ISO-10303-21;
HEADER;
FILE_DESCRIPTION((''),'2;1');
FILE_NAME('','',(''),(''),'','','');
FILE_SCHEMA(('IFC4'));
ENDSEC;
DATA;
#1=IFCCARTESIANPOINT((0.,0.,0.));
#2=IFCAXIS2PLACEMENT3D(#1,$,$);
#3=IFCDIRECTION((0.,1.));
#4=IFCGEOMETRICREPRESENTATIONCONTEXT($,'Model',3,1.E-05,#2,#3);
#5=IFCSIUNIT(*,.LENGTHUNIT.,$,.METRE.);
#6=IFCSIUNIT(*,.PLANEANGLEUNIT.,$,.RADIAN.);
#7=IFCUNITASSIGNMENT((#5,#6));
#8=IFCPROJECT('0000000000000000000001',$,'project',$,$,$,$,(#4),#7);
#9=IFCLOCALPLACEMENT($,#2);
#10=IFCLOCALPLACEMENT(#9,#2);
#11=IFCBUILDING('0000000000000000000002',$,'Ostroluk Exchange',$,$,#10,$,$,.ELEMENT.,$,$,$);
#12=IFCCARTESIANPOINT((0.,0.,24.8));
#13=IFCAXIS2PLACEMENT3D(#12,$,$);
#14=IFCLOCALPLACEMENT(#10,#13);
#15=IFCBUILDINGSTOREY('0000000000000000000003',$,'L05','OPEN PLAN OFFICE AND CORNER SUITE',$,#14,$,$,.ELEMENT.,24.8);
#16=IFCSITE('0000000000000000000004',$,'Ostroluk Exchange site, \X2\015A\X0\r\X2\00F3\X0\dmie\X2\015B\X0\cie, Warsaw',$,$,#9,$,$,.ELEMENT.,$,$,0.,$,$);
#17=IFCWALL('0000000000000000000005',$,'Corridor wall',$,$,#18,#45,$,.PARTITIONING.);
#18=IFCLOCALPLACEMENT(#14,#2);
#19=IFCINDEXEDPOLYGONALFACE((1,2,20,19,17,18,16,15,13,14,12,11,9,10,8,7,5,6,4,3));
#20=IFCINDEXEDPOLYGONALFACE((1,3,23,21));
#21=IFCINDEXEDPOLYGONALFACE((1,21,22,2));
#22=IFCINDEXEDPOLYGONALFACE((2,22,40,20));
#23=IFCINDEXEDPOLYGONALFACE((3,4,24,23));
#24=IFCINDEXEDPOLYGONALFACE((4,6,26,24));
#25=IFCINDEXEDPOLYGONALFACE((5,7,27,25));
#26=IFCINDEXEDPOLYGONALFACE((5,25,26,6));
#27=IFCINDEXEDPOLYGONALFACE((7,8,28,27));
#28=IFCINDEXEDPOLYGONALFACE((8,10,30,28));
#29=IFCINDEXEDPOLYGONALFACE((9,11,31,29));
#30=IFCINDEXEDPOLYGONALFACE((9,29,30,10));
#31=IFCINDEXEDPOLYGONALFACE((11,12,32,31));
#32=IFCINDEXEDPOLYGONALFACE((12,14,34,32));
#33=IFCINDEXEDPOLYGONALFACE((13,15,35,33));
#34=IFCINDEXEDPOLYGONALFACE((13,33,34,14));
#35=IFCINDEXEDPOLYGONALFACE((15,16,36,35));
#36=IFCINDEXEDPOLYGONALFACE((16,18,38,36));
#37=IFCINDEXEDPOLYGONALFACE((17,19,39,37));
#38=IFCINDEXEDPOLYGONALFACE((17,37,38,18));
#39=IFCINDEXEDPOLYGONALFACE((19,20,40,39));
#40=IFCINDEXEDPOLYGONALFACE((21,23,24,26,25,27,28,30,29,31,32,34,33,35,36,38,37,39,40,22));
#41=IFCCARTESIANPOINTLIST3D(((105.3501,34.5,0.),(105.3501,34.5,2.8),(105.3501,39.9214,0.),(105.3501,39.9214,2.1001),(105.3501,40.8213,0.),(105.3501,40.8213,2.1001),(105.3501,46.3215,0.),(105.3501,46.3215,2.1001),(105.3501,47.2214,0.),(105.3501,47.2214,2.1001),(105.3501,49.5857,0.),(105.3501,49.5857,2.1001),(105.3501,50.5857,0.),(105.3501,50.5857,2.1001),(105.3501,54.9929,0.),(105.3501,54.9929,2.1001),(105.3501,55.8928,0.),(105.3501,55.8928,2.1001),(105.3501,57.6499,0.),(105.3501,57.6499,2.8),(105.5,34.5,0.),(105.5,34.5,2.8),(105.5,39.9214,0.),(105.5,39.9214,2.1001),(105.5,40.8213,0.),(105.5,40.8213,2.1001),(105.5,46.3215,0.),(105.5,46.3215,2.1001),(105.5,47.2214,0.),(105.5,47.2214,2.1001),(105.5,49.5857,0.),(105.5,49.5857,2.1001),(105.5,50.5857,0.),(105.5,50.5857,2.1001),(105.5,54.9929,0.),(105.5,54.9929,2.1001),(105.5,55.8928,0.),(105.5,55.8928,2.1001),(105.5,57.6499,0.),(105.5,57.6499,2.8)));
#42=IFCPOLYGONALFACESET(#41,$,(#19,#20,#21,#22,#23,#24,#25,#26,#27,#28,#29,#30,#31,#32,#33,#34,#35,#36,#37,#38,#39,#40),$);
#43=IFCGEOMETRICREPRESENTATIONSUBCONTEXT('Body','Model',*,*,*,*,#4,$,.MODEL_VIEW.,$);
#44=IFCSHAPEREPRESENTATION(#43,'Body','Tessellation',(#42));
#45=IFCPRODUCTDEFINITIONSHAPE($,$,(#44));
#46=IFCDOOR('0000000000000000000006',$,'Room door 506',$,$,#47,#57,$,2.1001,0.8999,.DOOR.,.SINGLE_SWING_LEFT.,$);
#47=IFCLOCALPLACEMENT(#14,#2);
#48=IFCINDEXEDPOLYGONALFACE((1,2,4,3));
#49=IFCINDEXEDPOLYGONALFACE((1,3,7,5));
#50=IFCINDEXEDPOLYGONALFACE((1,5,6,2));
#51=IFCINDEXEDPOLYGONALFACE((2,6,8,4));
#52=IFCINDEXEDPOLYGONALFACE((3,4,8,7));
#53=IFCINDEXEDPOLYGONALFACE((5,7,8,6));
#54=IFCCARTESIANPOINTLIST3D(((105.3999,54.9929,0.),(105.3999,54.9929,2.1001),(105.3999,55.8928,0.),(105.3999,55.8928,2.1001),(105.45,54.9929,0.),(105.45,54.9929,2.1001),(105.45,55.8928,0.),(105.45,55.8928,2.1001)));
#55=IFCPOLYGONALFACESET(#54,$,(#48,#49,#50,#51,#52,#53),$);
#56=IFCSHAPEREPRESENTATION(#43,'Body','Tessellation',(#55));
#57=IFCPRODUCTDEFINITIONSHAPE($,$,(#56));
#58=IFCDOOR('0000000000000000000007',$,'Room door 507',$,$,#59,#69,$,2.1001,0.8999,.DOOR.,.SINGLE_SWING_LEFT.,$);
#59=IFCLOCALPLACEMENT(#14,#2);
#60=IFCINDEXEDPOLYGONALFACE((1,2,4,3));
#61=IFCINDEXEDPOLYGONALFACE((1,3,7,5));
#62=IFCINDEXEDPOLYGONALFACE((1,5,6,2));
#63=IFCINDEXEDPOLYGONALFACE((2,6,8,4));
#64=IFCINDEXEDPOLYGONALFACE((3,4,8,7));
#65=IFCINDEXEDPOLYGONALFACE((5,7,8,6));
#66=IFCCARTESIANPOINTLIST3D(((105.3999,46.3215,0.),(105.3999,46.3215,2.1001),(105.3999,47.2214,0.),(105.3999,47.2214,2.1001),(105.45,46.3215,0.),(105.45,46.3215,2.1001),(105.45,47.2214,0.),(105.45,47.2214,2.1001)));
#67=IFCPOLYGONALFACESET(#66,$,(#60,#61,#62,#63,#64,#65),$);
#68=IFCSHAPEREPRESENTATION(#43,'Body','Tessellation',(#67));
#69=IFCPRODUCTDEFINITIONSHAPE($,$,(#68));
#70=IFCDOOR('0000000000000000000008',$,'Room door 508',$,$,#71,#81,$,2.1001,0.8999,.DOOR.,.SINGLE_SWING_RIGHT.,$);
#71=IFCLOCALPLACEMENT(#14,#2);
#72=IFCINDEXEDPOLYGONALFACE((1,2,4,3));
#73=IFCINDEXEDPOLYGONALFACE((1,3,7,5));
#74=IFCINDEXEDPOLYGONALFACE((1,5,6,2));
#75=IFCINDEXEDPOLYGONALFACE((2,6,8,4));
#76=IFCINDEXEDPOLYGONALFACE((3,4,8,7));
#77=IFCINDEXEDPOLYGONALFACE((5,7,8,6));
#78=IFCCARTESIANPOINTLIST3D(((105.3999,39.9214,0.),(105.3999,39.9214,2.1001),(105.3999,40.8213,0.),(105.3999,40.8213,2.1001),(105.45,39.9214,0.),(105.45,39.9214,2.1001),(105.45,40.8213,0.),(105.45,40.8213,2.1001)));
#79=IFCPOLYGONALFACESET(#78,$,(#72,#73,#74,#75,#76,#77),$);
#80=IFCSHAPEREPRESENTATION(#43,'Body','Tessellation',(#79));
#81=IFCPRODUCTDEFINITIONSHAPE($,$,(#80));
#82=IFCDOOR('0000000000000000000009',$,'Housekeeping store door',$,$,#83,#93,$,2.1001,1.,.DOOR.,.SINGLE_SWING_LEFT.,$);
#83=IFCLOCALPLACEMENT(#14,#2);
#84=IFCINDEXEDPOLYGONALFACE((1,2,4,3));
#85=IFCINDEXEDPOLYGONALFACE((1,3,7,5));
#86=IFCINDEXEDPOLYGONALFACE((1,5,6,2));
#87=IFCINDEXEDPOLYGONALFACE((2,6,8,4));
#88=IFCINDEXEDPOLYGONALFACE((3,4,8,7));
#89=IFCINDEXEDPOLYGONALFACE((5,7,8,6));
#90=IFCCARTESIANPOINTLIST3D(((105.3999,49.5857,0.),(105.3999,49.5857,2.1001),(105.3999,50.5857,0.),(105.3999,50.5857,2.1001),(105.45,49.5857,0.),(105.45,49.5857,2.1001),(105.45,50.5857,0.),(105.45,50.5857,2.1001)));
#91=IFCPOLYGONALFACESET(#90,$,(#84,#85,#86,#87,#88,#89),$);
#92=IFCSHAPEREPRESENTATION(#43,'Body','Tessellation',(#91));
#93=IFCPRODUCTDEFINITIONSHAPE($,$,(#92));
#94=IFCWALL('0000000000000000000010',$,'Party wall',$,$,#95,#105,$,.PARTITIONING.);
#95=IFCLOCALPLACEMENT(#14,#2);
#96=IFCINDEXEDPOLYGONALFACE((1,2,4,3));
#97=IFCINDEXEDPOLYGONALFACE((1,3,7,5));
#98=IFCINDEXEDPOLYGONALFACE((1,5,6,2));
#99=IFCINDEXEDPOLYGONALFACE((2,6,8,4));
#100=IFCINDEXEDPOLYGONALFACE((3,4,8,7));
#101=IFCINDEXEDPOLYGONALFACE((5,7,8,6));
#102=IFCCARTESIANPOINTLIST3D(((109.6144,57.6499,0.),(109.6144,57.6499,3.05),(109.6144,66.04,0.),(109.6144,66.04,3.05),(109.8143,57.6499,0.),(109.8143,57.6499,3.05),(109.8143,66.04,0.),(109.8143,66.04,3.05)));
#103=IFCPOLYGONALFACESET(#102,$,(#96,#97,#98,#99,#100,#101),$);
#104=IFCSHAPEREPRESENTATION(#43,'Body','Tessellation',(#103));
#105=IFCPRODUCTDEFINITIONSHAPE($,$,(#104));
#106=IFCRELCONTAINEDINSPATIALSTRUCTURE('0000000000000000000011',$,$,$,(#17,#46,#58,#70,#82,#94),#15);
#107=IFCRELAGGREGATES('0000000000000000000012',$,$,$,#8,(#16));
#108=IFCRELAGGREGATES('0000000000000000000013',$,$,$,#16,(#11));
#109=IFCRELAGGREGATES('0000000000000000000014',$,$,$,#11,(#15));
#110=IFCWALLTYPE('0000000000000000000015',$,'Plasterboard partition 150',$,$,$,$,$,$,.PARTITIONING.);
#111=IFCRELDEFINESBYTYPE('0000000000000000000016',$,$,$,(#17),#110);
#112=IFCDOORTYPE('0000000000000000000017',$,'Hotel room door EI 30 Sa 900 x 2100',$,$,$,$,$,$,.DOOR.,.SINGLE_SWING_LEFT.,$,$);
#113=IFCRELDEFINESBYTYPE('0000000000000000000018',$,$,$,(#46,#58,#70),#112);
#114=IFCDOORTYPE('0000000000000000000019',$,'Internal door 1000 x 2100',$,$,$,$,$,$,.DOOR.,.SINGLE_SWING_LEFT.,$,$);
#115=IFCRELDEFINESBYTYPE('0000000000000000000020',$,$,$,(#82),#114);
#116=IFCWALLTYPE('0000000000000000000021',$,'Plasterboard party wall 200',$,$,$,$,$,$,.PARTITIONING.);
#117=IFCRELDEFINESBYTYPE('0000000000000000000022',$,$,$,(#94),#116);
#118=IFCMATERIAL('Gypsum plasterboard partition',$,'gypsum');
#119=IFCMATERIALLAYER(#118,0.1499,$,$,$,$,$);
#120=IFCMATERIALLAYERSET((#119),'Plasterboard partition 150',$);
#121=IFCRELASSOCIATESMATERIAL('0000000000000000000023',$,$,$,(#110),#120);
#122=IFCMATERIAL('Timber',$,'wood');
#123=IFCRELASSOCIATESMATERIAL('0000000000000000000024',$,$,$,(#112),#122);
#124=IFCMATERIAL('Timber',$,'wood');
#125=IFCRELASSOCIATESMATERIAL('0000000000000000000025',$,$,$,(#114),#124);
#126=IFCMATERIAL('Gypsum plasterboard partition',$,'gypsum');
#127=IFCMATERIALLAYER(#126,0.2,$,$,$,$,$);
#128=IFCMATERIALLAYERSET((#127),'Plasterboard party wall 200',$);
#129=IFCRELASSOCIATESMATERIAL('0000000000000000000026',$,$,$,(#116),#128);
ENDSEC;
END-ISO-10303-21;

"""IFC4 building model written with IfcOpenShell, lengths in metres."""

from ifc_helpers import new_model, si_unit, direction, frame, frame_2d, origin, place, context, subcontext, project, spatial, rectangle, extrude, material, layer, layer_set, type_object, element, fill, save


model = new_model("IFC4")

# Units and contexts
model_context = context("Model", 3, precision=1e-05, world=origin(), true_north=direction((0.0, 1.0)))
body_context = subcontext(model_context, "Body", "Model", "MODEL_VIEW")
ifc_project = project(units=[si_unit("LENGTHUNIT", "METRE"), si_unit("PLANEANGLEUNIT", "RADIAN")], contexts=[model_context])

# Site, building, storey
site_placement = place(None, origin())
site = spatial("IfcSite", under=ifc_project, at=site_placement, Name="Ostroluk Exchange site, Śródmieście, Warsaw", CompositionType="ELEMENT", RefElevation=0.0)
building_placement = place(site_placement, origin())
building = spatial("IfcBuilding", under=site, at=building_placement, Name="Ostroluk Exchange", CompositionType="ELEMENT")
storey_placement = place(building_placement, frame((0.0, 0.0, 24.8)))
storey = spatial("IfcBuildingStorey", under=building, at=storey_placement, Name="L05", Description="OPEN PLAN OFFICE AND CORNER SUITE", CompositionType="ELEMENT", Elevation=24.8)

# Wall, openings, doors
ifc_material_1 = material(Name="Gypsum plasterboard partition", Category="gypsum")
ifc_layer_1 = layer(ifc_material_1, 0.1499)
ifc_layer_set_1 = layer_set([ifc_layer_1], Name="Plasterboard partition 150")
wall_type_1 = type_object("IfcWallType", Name="Plasterboard partition 150", PredefinedType="PARTITIONING", material=ifc_layer_set_1)
wall_1_placement = place(storey_placement, frame((105.425, 57.6499, 0.0), z_axis=(0.0, 0.0, 1.0), x_axis=(0.0, -1.0, 0.0)))
wall_1 = element("IfcWall", 1, at=wall_1_placement, inside=storey, type_object=wall_type_1, Name="Corridor wall", PredefinedType="PARTITIONING", context=body_context, shape_type="SweptSolid", body=[
    extrude(rectangle(XDim=23.1499, YDim=0.1499, at=frame_2d((11.575, 0.0))), origin(), (0.0, 0.0, 1.0), 2.8),
])
opening_1_placement = place(wall_1_placement, frame((1.7571, 0.0, 0.0)))
opening_1 = element("IfcOpeningElement", 2, at=opening_1_placement, cuts=wall_1, PredefinedType="OPENING", context=body_context, shape_type="SweptSolid", body=[
    extrude(rectangle(XDim=0.8999, YDim=2.1001, at=frame_2d((0.45, 1.05))), frame((0.0, 0.085, 0.0), z_axis=(0.0, -1.0, 0.0), x_axis=(1.0, 0.0, 0.0)), (0.0, 0.0, 1.0), 0.1699),
])
opening_2_placement = place(wall_1_placement, frame((7.0642, 0.0, 0.0)))
opening_2 = element("IfcOpeningElement", 3, at=opening_2_placement, cuts=wall_1, PredefinedType="OPENING", context=body_context, shape_type="SweptSolid", body=[
    extrude(rectangle(XDim=1.0, YDim=2.1001, at=frame_2d((0.5, 1.05))), frame((0.0, 0.085, 0.0), z_axis=(0.0, -1.0, 0.0), x_axis=(1.0, 0.0, 0.0)), (0.0, 0.0, 1.0), 0.1699),
])
opening_3_placement = place(wall_1_placement, frame((10.4285, 0.0, 0.0)))
opening_3 = element("IfcOpeningElement", 4, at=opening_3_placement, cuts=wall_1, PredefinedType="OPENING", context=body_context, shape_type="SweptSolid", body=[
    extrude(rectangle(XDim=0.8999, YDim=2.1001, at=frame_2d((0.45, 1.05))), frame((0.0, 0.085, 0.0), z_axis=(0.0, -1.0, 0.0), x_axis=(1.0, 0.0, 0.0)), (0.0, 0.0, 1.0), 0.1699),
])
opening_4_placement = place(wall_1_placement, frame((16.8286, 0.0, 0.0)))
opening_4 = element("IfcOpeningElement", 5, at=opening_4_placement, cuts=wall_1, PredefinedType="OPENING", context=body_context, shape_type="SweptSolid", body=[
    extrude(rectangle(XDim=0.8999, YDim=2.1001, at=frame_2d((0.45, 1.05))), frame((0.0, 0.085, 0.0), z_axis=(0.0, -1.0, 0.0), x_axis=(1.0, 0.0, 0.0)), (0.0, 0.0, 1.0), 0.1699),
])
ifc_material_2 = material(Name="Timber", Category="wood")
door_type_1 = type_object("IfcDoorType", Name="Hotel room door EI 30 Sa 900 x 2100", OperationType="SINGLE_SWING_LEFT", PredefinedType="DOOR", material=ifc_material_2)
door_1_placement = place(opening_1_placement, origin())
door_1 = element("IfcDoor", 6, at=door_1_placement, inside=storey, type_object=door_type_1, Name="Room door 506", OperationType="SINGLE_SWING_LEFT", OverallHeight=2.1001, OverallWidth=0.8999, PredefinedType="DOOR", context=body_context, shape_type="SweptSolid", body=[
    extrude(rectangle(XDim=0.8999, YDim=2.1001, at=frame_2d((0.45, 1.05))), frame((0.0, 0.0249, 0.0), z_axis=(0.0, -1.0, 0.0), x_axis=(1.0, 0.0, 0.0)), (0.0, 0.0, 1.0), 0.05),
])
fill(opening_1, door_1)
door_2_placement = place(opening_3_placement, origin())
door_2 = element("IfcDoor", 7, at=door_2_placement, inside=storey, type_object=door_type_1, Name="Room door 507", OperationType="SINGLE_SWING_LEFT", OverallHeight=2.1001, OverallWidth=0.8999, PredefinedType="DOOR", context=body_context, shape_type="SweptSolid", body=[
    extrude(rectangle(XDim=0.8999, YDim=2.1001, at=frame_2d((0.45, 1.05))), frame((0.0, 0.0249, 0.0), z_axis=(0.0, -1.0, 0.0), x_axis=(1.0, 0.0, 0.0)), (0.0, 0.0, 1.0), 0.05),
])
fill(opening_3, door_2)
door_3_placement = place(opening_4_placement, origin())
door_3 = element("IfcDoor", 8, at=door_3_placement, inside=storey, type_object=door_type_1, Name="Room door 508", OperationType="SINGLE_SWING_RIGHT", OverallHeight=2.1001, OverallWidth=0.8999, PredefinedType="DOOR", context=body_context, shape_type="SweptSolid", body=[
    extrude(rectangle(XDim=0.8999, YDim=2.1001, at=frame_2d((0.45, 1.05))), frame((0.0, 0.0249, 0.0), z_axis=(0.0, -1.0, 0.0), x_axis=(1.0, 0.0, 0.0)), (0.0, 0.0, 1.0), 0.05),
])
fill(opening_4, door_3)
ifc_material_3 = material(Name="Timber", Category="wood")
door_type_2 = type_object("IfcDoorType", Name="Internal door 1000 x 2100", OperationType="SINGLE_SWING_LEFT", PredefinedType="DOOR", material=ifc_material_3)
door_4_placement = place(opening_2_placement, origin())
door_4 = element("IfcDoor", 9, at=door_4_placement, inside=storey, type_object=door_type_2, Name="Housekeeping store door", OperationType="SINGLE_SWING_LEFT", OverallHeight=2.1001, OverallWidth=1.0, PredefinedType="DOOR", context=body_context, shape_type="SweptSolid", body=[
    extrude(rectangle(XDim=1.0, YDim=2.1001, at=frame_2d((0.5, 1.05))), frame((0.0, 0.0249, 0.0), z_axis=(0.0, -1.0, 0.0), x_axis=(1.0, 0.0, 0.0)), (0.0, 0.0, 1.0), 0.05),
])
fill(opening_2, door_4)

# Wall
ifc_material_4 = material(Name="Gypsum plasterboard partition", Category="gypsum")
ifc_layer_2 = layer(ifc_material_4, 0.2)
ifc_layer_set_2 = layer_set([ifc_layer_2], Name="Plasterboard party wall 200")
wall_type_2 = type_object("IfcWallType", Name="Plasterboard party wall 200", PredefinedType="PARTITIONING", material=ifc_layer_set_2)
wall_2_placement = place(storey_placement, frame((109.7144, 57.6499, 0.0), z_axis=(0.0, 0.0, 1.0), x_axis=(0.0, 1.0, 0.0)))
element("IfcWall", 10, at=wall_2_placement, inside=storey, type_object=wall_type_2, Name="Party wall", PredefinedType="PARTITIONING", context=body_context, shape_type="SweptSolid", body=[
    extrude(rectangle(XDim=8.3901, YDim=0.2, at=frame_2d((4.1951, 0.0))), origin(), (0.0, 0.0, 1.0), 3.05),
])

save(model, "model.ifc")
